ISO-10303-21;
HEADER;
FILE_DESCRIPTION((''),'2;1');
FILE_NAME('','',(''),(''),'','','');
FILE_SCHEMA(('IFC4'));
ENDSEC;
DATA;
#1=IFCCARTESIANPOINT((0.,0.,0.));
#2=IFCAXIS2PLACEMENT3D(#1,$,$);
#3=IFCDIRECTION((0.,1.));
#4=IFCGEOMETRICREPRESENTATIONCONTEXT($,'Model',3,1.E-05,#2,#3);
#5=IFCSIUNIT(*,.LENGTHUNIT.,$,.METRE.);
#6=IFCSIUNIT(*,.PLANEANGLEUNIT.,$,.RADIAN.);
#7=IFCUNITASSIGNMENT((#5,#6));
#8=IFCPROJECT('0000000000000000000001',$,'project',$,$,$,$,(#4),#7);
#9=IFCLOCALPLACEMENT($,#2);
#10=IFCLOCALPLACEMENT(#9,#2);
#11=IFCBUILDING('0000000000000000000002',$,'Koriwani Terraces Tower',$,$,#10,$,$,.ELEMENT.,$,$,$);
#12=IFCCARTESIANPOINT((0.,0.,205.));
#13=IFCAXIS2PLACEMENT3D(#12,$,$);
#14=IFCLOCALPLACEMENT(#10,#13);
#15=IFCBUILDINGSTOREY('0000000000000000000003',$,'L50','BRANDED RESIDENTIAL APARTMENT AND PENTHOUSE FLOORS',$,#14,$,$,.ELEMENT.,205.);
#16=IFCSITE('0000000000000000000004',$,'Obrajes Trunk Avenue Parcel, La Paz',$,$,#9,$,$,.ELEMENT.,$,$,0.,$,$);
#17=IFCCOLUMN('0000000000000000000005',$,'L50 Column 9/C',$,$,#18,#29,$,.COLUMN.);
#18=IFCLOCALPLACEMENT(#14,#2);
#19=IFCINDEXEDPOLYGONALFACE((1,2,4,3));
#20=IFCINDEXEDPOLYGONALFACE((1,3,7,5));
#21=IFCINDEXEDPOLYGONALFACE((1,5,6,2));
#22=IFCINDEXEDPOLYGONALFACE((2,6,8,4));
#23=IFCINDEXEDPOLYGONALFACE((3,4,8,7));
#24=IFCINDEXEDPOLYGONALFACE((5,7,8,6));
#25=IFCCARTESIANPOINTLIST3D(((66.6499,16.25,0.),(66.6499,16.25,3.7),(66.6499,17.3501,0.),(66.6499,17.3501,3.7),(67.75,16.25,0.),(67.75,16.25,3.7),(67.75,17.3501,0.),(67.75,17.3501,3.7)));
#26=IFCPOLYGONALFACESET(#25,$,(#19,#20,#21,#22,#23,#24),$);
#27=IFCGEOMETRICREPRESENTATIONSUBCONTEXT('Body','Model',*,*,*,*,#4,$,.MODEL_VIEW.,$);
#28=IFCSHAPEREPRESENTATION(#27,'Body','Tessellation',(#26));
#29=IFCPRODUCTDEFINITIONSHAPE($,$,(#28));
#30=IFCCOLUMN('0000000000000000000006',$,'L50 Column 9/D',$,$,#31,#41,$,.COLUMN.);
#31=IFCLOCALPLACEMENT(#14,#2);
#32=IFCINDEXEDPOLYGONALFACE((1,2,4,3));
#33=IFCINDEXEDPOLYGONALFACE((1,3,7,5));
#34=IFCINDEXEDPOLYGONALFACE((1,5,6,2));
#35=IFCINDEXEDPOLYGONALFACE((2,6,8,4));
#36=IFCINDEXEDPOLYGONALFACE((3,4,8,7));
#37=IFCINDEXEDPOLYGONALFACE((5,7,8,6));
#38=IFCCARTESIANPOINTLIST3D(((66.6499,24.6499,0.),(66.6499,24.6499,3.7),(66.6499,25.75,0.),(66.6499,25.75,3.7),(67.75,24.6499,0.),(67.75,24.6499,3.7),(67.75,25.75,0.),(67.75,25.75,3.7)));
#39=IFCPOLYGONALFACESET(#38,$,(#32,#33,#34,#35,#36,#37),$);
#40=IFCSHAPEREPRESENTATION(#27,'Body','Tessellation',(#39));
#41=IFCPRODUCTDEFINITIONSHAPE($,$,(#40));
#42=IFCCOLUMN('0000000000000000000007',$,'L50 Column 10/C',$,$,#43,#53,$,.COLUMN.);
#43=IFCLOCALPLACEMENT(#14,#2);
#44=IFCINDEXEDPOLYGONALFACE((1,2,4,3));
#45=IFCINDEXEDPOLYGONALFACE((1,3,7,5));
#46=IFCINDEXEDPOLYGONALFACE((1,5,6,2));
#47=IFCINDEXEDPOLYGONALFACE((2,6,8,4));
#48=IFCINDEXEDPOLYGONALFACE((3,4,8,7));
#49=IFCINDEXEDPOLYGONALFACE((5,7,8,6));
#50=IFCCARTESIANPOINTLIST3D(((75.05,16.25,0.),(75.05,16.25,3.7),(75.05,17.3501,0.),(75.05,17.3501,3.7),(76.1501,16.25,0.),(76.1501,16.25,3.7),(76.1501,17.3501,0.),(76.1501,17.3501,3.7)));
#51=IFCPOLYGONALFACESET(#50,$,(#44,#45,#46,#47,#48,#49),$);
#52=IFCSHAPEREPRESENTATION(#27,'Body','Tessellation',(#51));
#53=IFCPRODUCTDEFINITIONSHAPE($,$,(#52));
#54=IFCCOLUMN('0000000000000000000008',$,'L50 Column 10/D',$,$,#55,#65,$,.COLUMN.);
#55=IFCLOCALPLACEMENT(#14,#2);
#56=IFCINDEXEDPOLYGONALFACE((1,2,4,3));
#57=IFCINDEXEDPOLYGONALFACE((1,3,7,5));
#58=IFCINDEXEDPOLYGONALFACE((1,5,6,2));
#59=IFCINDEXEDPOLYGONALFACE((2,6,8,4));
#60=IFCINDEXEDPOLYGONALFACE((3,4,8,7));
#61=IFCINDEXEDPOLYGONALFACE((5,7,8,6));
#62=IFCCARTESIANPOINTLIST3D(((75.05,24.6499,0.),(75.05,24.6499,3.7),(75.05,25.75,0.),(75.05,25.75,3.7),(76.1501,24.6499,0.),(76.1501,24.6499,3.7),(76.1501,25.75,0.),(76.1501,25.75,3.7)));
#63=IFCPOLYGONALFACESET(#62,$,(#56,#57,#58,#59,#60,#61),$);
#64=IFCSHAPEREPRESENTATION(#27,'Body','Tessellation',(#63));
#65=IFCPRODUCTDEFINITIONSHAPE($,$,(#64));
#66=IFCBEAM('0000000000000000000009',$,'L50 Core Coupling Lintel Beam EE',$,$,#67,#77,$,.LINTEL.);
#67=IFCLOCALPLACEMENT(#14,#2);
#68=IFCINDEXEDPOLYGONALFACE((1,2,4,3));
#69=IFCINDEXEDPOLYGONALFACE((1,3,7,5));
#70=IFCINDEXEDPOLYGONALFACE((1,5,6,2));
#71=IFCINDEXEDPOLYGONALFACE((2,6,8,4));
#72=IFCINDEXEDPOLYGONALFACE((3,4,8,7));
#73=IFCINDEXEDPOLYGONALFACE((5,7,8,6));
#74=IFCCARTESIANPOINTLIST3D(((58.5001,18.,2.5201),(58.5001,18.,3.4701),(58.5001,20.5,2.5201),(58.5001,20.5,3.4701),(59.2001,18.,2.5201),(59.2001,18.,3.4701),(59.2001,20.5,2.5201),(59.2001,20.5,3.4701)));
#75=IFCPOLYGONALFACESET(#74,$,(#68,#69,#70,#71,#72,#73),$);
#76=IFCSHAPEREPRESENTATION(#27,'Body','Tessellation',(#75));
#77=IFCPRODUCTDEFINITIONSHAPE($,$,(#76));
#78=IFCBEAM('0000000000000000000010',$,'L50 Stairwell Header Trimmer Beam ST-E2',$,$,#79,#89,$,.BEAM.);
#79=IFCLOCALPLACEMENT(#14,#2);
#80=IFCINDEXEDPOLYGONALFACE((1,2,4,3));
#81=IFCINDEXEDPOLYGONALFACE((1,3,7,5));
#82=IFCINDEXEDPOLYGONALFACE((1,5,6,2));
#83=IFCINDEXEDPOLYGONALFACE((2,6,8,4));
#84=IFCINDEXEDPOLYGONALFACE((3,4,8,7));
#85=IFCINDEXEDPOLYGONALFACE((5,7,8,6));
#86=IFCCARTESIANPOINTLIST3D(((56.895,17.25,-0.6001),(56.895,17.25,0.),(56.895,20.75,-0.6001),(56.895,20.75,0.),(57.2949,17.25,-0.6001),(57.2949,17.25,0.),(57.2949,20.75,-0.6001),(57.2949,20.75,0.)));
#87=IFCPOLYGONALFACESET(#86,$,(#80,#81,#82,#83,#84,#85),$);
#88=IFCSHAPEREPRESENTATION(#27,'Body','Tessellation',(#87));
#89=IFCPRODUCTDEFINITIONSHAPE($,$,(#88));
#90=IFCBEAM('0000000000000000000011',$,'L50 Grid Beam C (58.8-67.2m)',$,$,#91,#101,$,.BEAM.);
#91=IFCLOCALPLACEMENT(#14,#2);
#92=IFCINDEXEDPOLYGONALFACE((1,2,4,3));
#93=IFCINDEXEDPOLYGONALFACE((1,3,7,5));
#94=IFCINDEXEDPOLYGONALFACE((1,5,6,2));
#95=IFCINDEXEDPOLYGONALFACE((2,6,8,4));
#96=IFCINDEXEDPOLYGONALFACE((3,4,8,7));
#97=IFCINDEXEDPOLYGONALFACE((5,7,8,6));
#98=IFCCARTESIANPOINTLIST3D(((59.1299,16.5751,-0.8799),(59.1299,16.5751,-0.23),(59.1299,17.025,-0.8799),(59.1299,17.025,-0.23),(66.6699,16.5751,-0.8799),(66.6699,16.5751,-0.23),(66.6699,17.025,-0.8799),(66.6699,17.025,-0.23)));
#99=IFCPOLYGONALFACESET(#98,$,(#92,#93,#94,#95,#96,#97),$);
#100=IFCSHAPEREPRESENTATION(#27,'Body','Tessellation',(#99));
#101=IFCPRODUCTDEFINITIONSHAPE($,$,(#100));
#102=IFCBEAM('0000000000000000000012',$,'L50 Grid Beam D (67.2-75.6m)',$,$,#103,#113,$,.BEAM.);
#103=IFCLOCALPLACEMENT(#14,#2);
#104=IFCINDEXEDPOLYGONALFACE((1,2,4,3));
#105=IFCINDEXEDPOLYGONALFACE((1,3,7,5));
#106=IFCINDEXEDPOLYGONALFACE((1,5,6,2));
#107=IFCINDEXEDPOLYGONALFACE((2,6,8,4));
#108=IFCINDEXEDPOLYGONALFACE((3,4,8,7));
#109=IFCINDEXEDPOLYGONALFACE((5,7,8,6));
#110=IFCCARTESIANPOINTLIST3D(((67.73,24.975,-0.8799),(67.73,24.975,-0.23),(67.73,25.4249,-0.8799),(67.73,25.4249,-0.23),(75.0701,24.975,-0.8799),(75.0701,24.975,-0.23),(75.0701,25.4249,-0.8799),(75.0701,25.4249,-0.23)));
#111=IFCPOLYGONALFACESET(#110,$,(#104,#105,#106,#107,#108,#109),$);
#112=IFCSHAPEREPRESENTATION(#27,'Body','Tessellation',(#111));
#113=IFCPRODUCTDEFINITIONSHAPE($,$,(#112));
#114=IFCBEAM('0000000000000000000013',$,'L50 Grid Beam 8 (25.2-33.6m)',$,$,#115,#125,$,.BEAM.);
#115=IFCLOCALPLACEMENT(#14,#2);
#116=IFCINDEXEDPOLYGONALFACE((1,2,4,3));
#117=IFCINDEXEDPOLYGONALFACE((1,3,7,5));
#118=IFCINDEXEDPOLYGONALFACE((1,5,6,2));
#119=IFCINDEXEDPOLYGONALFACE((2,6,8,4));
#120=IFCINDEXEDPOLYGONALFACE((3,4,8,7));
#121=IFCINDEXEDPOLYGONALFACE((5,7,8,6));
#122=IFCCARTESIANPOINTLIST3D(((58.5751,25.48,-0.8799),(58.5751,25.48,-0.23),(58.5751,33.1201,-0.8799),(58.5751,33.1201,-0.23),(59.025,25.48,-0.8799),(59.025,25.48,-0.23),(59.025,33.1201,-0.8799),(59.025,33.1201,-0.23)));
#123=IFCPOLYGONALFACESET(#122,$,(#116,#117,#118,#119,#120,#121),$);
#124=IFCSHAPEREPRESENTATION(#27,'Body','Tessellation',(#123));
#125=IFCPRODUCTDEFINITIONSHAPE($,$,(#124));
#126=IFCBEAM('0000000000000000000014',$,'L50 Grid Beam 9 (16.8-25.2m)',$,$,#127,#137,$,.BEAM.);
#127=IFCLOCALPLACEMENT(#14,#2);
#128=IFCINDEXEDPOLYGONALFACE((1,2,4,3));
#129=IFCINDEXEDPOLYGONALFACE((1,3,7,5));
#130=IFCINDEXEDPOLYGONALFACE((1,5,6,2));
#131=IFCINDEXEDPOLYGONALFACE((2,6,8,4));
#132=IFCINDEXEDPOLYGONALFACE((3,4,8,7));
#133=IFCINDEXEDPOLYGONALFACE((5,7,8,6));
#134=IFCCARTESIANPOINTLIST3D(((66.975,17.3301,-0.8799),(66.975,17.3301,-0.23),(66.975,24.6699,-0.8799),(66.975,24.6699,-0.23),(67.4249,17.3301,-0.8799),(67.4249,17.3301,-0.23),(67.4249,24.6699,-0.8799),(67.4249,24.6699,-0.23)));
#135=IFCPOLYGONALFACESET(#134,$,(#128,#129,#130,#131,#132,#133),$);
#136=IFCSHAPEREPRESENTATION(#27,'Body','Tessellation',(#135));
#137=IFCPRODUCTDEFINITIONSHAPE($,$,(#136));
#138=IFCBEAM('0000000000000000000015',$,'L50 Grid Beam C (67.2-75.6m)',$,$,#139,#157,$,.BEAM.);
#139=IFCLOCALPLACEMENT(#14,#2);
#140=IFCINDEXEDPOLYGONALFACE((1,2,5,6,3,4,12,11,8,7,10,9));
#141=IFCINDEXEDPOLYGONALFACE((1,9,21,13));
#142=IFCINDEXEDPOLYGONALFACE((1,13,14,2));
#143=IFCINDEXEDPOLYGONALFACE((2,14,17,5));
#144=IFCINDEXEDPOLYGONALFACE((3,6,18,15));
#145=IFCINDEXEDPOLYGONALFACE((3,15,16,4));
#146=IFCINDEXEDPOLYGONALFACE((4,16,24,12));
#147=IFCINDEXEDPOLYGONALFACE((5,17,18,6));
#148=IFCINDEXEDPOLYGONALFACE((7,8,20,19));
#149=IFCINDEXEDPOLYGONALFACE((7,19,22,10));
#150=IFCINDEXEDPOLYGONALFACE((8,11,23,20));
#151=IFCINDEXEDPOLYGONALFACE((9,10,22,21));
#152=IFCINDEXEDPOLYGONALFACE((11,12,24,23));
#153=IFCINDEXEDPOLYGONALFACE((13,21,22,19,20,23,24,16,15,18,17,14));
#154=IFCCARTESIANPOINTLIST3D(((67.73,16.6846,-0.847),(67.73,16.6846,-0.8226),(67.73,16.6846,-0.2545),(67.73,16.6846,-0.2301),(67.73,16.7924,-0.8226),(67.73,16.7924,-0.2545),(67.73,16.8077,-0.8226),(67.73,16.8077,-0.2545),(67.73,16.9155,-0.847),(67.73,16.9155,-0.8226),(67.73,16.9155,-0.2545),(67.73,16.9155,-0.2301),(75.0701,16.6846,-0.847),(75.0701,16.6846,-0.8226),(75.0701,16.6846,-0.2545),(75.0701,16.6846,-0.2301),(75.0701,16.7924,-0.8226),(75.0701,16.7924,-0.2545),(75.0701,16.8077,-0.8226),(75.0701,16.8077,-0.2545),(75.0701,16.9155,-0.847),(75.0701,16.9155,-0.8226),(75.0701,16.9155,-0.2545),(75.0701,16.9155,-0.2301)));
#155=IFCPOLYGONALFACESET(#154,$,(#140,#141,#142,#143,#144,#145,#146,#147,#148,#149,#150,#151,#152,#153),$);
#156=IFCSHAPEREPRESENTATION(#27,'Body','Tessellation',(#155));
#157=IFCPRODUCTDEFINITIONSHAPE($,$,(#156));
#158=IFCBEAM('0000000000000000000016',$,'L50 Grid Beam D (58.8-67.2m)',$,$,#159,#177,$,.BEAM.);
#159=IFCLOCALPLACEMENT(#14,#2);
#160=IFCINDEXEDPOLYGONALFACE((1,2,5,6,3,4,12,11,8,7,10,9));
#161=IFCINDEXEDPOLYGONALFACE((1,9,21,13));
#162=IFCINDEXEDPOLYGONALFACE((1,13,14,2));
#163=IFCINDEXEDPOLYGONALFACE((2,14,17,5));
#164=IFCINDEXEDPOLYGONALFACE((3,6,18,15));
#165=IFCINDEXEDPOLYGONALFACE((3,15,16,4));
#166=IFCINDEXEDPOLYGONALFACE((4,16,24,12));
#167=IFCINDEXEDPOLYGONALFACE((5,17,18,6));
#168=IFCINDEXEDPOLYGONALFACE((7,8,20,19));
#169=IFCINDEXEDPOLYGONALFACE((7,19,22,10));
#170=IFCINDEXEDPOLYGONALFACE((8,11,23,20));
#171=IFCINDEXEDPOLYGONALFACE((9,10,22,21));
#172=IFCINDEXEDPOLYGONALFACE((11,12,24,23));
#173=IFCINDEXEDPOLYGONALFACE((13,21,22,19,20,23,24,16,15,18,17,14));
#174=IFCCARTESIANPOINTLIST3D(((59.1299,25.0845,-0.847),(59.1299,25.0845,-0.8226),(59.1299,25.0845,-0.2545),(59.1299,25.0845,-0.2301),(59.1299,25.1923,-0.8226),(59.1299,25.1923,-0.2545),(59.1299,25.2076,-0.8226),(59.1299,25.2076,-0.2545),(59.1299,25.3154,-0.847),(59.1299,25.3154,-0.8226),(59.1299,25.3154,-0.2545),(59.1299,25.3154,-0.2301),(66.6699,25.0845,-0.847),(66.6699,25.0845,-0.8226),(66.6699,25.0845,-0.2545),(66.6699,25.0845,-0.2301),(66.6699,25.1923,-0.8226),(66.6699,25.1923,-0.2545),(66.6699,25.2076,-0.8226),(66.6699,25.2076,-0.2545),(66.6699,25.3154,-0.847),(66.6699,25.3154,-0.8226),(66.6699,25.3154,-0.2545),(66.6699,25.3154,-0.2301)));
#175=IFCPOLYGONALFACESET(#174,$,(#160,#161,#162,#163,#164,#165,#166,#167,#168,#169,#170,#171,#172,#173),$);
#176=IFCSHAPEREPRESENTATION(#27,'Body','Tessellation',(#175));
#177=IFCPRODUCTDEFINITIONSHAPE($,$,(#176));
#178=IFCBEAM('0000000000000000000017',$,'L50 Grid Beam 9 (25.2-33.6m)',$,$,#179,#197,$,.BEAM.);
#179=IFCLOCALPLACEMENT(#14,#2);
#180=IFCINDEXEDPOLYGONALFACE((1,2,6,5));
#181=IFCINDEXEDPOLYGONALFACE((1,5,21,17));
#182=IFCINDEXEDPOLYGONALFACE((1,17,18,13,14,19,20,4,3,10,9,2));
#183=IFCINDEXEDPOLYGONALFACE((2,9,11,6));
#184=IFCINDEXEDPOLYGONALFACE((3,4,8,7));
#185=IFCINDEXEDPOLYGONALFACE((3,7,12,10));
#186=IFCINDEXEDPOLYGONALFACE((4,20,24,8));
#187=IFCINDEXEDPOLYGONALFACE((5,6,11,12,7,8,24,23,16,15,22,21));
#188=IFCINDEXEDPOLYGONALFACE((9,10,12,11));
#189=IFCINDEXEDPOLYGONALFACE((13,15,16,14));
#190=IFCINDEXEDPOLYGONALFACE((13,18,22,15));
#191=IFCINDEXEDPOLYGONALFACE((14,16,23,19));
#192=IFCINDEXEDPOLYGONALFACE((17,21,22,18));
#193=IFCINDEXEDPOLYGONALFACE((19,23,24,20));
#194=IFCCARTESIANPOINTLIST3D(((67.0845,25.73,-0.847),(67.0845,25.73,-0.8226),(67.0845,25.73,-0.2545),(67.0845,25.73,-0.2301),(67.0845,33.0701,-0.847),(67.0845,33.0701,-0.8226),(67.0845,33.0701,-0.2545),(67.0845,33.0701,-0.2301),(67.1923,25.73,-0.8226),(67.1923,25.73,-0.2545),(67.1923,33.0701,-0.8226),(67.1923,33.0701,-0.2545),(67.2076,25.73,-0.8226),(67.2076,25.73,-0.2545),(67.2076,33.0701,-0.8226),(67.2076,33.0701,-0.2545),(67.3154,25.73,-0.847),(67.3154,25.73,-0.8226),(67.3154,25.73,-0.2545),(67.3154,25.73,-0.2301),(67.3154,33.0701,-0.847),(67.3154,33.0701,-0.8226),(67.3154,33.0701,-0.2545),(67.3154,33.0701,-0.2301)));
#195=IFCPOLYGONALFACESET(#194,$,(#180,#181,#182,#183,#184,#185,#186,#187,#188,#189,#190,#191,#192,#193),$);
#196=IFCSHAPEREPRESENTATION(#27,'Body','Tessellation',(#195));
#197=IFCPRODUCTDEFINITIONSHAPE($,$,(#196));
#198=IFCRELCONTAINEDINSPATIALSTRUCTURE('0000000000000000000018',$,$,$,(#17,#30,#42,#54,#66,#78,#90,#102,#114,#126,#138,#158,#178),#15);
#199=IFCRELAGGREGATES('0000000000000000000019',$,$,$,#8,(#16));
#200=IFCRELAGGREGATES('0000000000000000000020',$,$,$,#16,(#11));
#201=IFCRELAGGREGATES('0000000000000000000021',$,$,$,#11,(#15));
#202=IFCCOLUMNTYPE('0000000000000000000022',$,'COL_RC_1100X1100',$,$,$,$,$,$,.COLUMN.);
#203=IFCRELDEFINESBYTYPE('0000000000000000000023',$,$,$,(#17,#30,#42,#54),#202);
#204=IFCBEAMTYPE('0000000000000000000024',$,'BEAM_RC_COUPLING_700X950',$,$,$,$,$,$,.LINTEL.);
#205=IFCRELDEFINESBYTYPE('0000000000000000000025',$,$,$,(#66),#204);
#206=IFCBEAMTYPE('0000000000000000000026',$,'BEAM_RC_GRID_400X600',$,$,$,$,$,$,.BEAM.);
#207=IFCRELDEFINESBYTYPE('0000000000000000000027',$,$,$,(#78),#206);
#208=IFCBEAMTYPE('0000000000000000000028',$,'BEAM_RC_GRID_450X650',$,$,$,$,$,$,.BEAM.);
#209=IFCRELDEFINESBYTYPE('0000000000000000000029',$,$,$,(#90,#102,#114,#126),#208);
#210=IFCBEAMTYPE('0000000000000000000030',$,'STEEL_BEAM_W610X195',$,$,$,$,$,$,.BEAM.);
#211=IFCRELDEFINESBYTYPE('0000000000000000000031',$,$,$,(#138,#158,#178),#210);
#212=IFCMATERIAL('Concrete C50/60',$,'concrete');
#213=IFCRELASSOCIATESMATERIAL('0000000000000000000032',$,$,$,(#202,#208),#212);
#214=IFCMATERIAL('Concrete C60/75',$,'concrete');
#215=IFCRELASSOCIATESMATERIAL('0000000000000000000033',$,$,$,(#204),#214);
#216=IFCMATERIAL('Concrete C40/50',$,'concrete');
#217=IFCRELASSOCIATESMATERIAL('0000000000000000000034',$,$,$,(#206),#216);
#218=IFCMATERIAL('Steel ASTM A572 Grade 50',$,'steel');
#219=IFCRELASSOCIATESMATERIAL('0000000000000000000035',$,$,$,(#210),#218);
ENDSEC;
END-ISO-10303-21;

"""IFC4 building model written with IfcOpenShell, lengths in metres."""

from ifc_helpers import new_model, si_unit, direction, frame, origin, origin_2d, place, context, subcontext, project, spatial, rectangle, i_section, extrude, material, material_profile, profile_set, type_object, element, save


model = new_model("IFC4")

# Units and contexts
model_context = context("Model", 3, precision=1e-05, world=origin(), true_north=direction((0.0, 1.0)))
body_context = subcontext(model_context, "Body", "Model", "MODEL_VIEW")
ifc_project = project(units=[si_unit("LENGTHUNIT", "METRE"), si_unit("PLANEANGLEUNIT", "RADIAN")], contexts=[model_context])

# Site, building, storey
site_placement = place(None, origin())
site = spatial("IfcSite", under=ifc_project, at=site_placement, Name="Obrajes Trunk Avenue Parcel, La Paz", CompositionType="ELEMENT", RefElevation=0.0)
building_placement = place(site_placement, origin())
building = spatial("IfcBuilding", under=site, at=building_placement, Name="Koriwani Terraces Tower", CompositionType="ELEMENT")
storey_placement = place(building_placement, frame((0.0, 0.0, 205.0)))
storey = spatial("IfcBuildingStorey", under=building, at=storey_placement, Name="L50", Description="BRANDED RESIDENTIAL APARTMENT AND PENTHOUSE FLOORS", CompositionType="ELEMENT", Elevation=205.0)

# Columns
ifc_material_1 = material(Name="Concrete C50/60", Category="concrete")
ifc_material_profile_1 = material_profile(ifc_material_1, rectangle(XDim=1.1001, YDim=1.1001, at=origin_2d()), Name="Concrete C50/60", Category="LoadBearing")
ifc_profile_set_1 = profile_set([ifc_material_profile_1], Name="Concrete C50/60")
column_type = type_object("IfcColumnType", Name="COL_RC_1100X1100", PredefinedType="COLUMN", material=ifc_profile_set_1)
for number, where, z_axis, x_axis, name in (
    (1, (67.2, 16.8, 0.0), (0.0, 0.0, 1.0), (1.0, 0.0, 0.0), "L50 Column 9/C"),
    (2, (67.2, 25.2, 0.0), (0.0, 0.0, 1.0), (1.0, 0.0, 0.0), "L50 Column 9/D"),
    (3, (75.6001, 16.8, 0.0), (0.0, 0.0, 1.0), (1.0, 0.0, 0.0), "L50 Column 10/C"),
    (4, (75.6001, 25.2, 0.0), (0.0, 0.0, 1.0), (1.0, 0.0, 0.0), "L50 Column 10/D"),
):
    element("IfcColumn", number, at=place(storey_placement, frame(where, z_axis=z_axis, x_axis=x_axis)), inside=storey, type_object=column_type, Name=name, PredefinedType="COLUMN", context=body_context, shape_type="SweptSolid", body=[
        extrude(rectangle(XDim=1.1001, YDim=1.1001, at=origin_2d()), origin(), (0.0, 0.0, 1.0), 3.7),
    ])

# Beams
ifc_material_2 = material(Name="Concrete C60/75", Category="concrete")
ifc_material_profile_2 = material_profile(ifc_material_2, rectangle(XDim=0.7, YDim=0.95, at=origin_2d()), Name="Concrete C60/75", Category="LoadBearing")
ifc_profile_set_2 = profile_set([ifc_material_profile_2], Name="Concrete C60/75")
beam_type_1 = type_object("IfcBeamType", Name="BEAM_RC_COUPLING_700X950", PredefinedType="LINTEL", material=ifc_profile_set_2)
beam_1_placement = place(storey_placement, frame((58.8501, 18.0, 2.9951), z_axis=(0.0, 1.0, 0.0), x_axis=(-1.0, 0.0, 0.0)))
element("IfcBeam", 5, at=beam_1_placement, inside=storey, type_object=beam_type_1, Name="L50 Core Coupling Lintel Beam EE", PredefinedType="LINTEL", context=body_context, shape_type="SweptSolid", body=[
    extrude(rectangle(XDim=0.7, YDim=0.95, at=origin_2d()), origin(), (0.0, 0.0, 1.0), 2.5),
])
ifc_material_3 = material(Name="Concrete C40/50", Category="concrete")
ifc_material_profile_3 = material_profile(ifc_material_3, rectangle(XDim=0.3999, YDim=0.6001, at=origin_2d()), Name="Concrete C40/50", Category="LoadBearing")
ifc_profile_set_3 = profile_set([ifc_material_profile_3], Name="Concrete C40/50")
beam_type_2 = type_object("IfcBeamType", Name="BEAM_RC_GRID_400X600", PredefinedType="BEAM", material=ifc_profile_set_3)
beam_2_placement = place(storey_placement, frame((57.095, 17.25, -0.3), z_axis=(0.0, 1.0, 0.0), x_axis=(-1.0, 0.0, 0.0)))
element("IfcBeam", 6, at=beam_2_placement, inside=storey, type_object=beam_type_2, Name="L50 Stairwell Header Trimmer Beam ST-E2", PredefinedType="BEAM", context=body_context, shape_type="SweptSolid", body=[
    extrude(rectangle(XDim=0.3999, YDim=0.6001, at=origin_2d()), origin(), (0.0, 0.0, 1.0), 3.5),
])
ifc_material_profile_4 = material_profile(ifc_material_1, rectangle(XDim=0.45, YDim=0.6499, at=origin_2d()), Name="Concrete C50/60", Category="LoadBearing")
ifc_profile_set_4 = profile_set([ifc_material_profile_4], Name="Concrete C50/60")
beam_type_3 = type_object("IfcBeamType", Name="BEAM_RC_GRID_450X650", PredefinedType="BEAM", material=ifc_profile_set_4)
beam_3_placement = place(storey_placement, frame((59.1299, 16.8, -0.5549), z_axis=(1.0, 0.0, 0.0), x_axis=(0.0, 1.0, 0.0)))
element("IfcBeam", 7, at=beam_3_placement, inside=storey, type_object=beam_type_3, Name="L50 Grid Beam C (58.8-67.2m)", PredefinedType="BEAM", context=body_context, shape_type="SweptSolid", body=[
    extrude(rectangle(XDim=0.45, YDim=0.6499, at=origin_2d()), origin(), (0.0, 0.0, 1.0), 7.54),
])
beam_4_placement = place(storey_placement, frame((67.73, 25.2, -0.5549), z_axis=(1.0, 0.0, 0.0), x_axis=(0.0, 1.0, 0.0)))
element("IfcBeam", 8, at=beam_4_placement, inside=storey, type_object=beam_type_3, Name="L50 Grid Beam D (67.2-75.6m)", PredefinedType="BEAM", context=body_context, shape_type="SweptSolid", body=[
    extrude(rectangle(XDim=0.45, YDim=0.6499, at=origin_2d()), origin(), (0.0, 0.0, 1.0), 7.3401),
])
beam_5_placement = place(storey_placement, frame((58.8, 25.48, -0.5549), z_axis=(0.0, 1.0, 0.0), x_axis=(-1.0, 0.0, 0.0)))
element("IfcBeam", 9, at=beam_5_placement, inside=storey, type_object=beam_type_3, Name="L50 Grid Beam 8 (25.2-33.6m)", PredefinedType="BEAM", context=body_context, shape_type="SweptSolid", body=[
    extrude(rectangle(XDim=0.45, YDim=0.6499, at=origin_2d()), origin(), (0.0, 0.0, 1.0), 7.6401),
])
beam_6_placement = place(storey_placement, frame((67.2, 17.3301, -0.5549), z_axis=(0.0, 1.0, 0.0), x_axis=(-1.0, 0.0, 0.0)))
element("IfcBeam", 10, at=beam_6_placement, inside=storey, type_object=beam_type_3, Name="L50 Grid Beam 9 (16.8-25.2m)", PredefinedType="BEAM", context=body_context, shape_type="SweptSolid", body=[
    extrude(rectangle(XDim=0.45, YDim=0.6499, at=origin_2d()), origin(), (0.0, 0.0, 1.0), 7.3398),
])
ifc_material_4 = material(Name="Steel ASTM A572 Grade 50", Category="steel")
ifc_material_profile_5 = material_profile(ifc_material_4, i_section(OverallWidth=0.231, OverallDepth=0.6169, WebThickness=0.0154, FlangeThickness=0.0244, at=origin_2d()), Name="Steel ASTM A572 Grade 50", Category="LoadBearing")
ifc_profile_set_5 = profile_set([ifc_material_profile_5], Name="Steel ASTM A572 Grade 50")
beam_type_4 = type_object("IfcBeamType", Name="STEEL_BEAM_W610X195", PredefinedType="BEAM", material=ifc_profile_set_5)
beam_7_placement = place(storey_placement, frame((67.73, 16.8, -0.5386), z_axis=(1.0, 0.0, 0.0), x_axis=(0.0, 1.0, 0.0)))
element("IfcBeam", 11, at=beam_7_placement, inside=storey, type_object=beam_type_4, Name="L50 Grid Beam C (67.2-75.6m)", PredefinedType="BEAM", context=body_context, shape_type="SweptSolid", body=[
    extrude(i_section(OverallWidth=0.231, OverallDepth=0.6169, WebThickness=0.0154, FlangeThickness=0.0244, at=origin_2d()), origin(), (0.0, 0.0, 1.0), 7.3401),
])
beam_8_placement = place(storey_placement, frame((59.1299, 25.2, -0.5386), z_axis=(1.0, 0.0, 0.0), x_axis=(0.0, 1.0, 0.0)))
element("IfcBeam", 12, at=beam_8_placement, inside=storey, type_object=beam_type_4, Name="L50 Grid Beam D (58.8-67.2m)", PredefinedType="BEAM", context=body_context, shape_type="SweptSolid", body=[
    extrude(i_section(OverallWidth=0.231, OverallDepth=0.6169, WebThickness=0.0154, FlangeThickness=0.0244, at=origin_2d()), origin(), (0.0, 0.0, 1.0), 7.54),
])
beam_9_placement = place(storey_placement, frame((67.2, 25.73, -0.5386), z_axis=(0.0, 1.0, 0.0), x_axis=(-1.0, 0.0, 0.0)))
element("IfcBeam", 13, at=beam_9_placement, inside=storey, type_object=beam_type_4, Name="L50 Grid Beam 9 (25.2-33.6m)", PredefinedType="BEAM", context=body_context, shape_type="SweptSolid", body=[
    extrude(i_section(OverallWidth=0.231, OverallDepth=0.6169, WebThickness=0.0154, FlangeThickness=0.0244, at=origin_2d()), origin(), (0.0, 0.0, 1.0), 7.3401),
])

save(model, "model.ifc")
